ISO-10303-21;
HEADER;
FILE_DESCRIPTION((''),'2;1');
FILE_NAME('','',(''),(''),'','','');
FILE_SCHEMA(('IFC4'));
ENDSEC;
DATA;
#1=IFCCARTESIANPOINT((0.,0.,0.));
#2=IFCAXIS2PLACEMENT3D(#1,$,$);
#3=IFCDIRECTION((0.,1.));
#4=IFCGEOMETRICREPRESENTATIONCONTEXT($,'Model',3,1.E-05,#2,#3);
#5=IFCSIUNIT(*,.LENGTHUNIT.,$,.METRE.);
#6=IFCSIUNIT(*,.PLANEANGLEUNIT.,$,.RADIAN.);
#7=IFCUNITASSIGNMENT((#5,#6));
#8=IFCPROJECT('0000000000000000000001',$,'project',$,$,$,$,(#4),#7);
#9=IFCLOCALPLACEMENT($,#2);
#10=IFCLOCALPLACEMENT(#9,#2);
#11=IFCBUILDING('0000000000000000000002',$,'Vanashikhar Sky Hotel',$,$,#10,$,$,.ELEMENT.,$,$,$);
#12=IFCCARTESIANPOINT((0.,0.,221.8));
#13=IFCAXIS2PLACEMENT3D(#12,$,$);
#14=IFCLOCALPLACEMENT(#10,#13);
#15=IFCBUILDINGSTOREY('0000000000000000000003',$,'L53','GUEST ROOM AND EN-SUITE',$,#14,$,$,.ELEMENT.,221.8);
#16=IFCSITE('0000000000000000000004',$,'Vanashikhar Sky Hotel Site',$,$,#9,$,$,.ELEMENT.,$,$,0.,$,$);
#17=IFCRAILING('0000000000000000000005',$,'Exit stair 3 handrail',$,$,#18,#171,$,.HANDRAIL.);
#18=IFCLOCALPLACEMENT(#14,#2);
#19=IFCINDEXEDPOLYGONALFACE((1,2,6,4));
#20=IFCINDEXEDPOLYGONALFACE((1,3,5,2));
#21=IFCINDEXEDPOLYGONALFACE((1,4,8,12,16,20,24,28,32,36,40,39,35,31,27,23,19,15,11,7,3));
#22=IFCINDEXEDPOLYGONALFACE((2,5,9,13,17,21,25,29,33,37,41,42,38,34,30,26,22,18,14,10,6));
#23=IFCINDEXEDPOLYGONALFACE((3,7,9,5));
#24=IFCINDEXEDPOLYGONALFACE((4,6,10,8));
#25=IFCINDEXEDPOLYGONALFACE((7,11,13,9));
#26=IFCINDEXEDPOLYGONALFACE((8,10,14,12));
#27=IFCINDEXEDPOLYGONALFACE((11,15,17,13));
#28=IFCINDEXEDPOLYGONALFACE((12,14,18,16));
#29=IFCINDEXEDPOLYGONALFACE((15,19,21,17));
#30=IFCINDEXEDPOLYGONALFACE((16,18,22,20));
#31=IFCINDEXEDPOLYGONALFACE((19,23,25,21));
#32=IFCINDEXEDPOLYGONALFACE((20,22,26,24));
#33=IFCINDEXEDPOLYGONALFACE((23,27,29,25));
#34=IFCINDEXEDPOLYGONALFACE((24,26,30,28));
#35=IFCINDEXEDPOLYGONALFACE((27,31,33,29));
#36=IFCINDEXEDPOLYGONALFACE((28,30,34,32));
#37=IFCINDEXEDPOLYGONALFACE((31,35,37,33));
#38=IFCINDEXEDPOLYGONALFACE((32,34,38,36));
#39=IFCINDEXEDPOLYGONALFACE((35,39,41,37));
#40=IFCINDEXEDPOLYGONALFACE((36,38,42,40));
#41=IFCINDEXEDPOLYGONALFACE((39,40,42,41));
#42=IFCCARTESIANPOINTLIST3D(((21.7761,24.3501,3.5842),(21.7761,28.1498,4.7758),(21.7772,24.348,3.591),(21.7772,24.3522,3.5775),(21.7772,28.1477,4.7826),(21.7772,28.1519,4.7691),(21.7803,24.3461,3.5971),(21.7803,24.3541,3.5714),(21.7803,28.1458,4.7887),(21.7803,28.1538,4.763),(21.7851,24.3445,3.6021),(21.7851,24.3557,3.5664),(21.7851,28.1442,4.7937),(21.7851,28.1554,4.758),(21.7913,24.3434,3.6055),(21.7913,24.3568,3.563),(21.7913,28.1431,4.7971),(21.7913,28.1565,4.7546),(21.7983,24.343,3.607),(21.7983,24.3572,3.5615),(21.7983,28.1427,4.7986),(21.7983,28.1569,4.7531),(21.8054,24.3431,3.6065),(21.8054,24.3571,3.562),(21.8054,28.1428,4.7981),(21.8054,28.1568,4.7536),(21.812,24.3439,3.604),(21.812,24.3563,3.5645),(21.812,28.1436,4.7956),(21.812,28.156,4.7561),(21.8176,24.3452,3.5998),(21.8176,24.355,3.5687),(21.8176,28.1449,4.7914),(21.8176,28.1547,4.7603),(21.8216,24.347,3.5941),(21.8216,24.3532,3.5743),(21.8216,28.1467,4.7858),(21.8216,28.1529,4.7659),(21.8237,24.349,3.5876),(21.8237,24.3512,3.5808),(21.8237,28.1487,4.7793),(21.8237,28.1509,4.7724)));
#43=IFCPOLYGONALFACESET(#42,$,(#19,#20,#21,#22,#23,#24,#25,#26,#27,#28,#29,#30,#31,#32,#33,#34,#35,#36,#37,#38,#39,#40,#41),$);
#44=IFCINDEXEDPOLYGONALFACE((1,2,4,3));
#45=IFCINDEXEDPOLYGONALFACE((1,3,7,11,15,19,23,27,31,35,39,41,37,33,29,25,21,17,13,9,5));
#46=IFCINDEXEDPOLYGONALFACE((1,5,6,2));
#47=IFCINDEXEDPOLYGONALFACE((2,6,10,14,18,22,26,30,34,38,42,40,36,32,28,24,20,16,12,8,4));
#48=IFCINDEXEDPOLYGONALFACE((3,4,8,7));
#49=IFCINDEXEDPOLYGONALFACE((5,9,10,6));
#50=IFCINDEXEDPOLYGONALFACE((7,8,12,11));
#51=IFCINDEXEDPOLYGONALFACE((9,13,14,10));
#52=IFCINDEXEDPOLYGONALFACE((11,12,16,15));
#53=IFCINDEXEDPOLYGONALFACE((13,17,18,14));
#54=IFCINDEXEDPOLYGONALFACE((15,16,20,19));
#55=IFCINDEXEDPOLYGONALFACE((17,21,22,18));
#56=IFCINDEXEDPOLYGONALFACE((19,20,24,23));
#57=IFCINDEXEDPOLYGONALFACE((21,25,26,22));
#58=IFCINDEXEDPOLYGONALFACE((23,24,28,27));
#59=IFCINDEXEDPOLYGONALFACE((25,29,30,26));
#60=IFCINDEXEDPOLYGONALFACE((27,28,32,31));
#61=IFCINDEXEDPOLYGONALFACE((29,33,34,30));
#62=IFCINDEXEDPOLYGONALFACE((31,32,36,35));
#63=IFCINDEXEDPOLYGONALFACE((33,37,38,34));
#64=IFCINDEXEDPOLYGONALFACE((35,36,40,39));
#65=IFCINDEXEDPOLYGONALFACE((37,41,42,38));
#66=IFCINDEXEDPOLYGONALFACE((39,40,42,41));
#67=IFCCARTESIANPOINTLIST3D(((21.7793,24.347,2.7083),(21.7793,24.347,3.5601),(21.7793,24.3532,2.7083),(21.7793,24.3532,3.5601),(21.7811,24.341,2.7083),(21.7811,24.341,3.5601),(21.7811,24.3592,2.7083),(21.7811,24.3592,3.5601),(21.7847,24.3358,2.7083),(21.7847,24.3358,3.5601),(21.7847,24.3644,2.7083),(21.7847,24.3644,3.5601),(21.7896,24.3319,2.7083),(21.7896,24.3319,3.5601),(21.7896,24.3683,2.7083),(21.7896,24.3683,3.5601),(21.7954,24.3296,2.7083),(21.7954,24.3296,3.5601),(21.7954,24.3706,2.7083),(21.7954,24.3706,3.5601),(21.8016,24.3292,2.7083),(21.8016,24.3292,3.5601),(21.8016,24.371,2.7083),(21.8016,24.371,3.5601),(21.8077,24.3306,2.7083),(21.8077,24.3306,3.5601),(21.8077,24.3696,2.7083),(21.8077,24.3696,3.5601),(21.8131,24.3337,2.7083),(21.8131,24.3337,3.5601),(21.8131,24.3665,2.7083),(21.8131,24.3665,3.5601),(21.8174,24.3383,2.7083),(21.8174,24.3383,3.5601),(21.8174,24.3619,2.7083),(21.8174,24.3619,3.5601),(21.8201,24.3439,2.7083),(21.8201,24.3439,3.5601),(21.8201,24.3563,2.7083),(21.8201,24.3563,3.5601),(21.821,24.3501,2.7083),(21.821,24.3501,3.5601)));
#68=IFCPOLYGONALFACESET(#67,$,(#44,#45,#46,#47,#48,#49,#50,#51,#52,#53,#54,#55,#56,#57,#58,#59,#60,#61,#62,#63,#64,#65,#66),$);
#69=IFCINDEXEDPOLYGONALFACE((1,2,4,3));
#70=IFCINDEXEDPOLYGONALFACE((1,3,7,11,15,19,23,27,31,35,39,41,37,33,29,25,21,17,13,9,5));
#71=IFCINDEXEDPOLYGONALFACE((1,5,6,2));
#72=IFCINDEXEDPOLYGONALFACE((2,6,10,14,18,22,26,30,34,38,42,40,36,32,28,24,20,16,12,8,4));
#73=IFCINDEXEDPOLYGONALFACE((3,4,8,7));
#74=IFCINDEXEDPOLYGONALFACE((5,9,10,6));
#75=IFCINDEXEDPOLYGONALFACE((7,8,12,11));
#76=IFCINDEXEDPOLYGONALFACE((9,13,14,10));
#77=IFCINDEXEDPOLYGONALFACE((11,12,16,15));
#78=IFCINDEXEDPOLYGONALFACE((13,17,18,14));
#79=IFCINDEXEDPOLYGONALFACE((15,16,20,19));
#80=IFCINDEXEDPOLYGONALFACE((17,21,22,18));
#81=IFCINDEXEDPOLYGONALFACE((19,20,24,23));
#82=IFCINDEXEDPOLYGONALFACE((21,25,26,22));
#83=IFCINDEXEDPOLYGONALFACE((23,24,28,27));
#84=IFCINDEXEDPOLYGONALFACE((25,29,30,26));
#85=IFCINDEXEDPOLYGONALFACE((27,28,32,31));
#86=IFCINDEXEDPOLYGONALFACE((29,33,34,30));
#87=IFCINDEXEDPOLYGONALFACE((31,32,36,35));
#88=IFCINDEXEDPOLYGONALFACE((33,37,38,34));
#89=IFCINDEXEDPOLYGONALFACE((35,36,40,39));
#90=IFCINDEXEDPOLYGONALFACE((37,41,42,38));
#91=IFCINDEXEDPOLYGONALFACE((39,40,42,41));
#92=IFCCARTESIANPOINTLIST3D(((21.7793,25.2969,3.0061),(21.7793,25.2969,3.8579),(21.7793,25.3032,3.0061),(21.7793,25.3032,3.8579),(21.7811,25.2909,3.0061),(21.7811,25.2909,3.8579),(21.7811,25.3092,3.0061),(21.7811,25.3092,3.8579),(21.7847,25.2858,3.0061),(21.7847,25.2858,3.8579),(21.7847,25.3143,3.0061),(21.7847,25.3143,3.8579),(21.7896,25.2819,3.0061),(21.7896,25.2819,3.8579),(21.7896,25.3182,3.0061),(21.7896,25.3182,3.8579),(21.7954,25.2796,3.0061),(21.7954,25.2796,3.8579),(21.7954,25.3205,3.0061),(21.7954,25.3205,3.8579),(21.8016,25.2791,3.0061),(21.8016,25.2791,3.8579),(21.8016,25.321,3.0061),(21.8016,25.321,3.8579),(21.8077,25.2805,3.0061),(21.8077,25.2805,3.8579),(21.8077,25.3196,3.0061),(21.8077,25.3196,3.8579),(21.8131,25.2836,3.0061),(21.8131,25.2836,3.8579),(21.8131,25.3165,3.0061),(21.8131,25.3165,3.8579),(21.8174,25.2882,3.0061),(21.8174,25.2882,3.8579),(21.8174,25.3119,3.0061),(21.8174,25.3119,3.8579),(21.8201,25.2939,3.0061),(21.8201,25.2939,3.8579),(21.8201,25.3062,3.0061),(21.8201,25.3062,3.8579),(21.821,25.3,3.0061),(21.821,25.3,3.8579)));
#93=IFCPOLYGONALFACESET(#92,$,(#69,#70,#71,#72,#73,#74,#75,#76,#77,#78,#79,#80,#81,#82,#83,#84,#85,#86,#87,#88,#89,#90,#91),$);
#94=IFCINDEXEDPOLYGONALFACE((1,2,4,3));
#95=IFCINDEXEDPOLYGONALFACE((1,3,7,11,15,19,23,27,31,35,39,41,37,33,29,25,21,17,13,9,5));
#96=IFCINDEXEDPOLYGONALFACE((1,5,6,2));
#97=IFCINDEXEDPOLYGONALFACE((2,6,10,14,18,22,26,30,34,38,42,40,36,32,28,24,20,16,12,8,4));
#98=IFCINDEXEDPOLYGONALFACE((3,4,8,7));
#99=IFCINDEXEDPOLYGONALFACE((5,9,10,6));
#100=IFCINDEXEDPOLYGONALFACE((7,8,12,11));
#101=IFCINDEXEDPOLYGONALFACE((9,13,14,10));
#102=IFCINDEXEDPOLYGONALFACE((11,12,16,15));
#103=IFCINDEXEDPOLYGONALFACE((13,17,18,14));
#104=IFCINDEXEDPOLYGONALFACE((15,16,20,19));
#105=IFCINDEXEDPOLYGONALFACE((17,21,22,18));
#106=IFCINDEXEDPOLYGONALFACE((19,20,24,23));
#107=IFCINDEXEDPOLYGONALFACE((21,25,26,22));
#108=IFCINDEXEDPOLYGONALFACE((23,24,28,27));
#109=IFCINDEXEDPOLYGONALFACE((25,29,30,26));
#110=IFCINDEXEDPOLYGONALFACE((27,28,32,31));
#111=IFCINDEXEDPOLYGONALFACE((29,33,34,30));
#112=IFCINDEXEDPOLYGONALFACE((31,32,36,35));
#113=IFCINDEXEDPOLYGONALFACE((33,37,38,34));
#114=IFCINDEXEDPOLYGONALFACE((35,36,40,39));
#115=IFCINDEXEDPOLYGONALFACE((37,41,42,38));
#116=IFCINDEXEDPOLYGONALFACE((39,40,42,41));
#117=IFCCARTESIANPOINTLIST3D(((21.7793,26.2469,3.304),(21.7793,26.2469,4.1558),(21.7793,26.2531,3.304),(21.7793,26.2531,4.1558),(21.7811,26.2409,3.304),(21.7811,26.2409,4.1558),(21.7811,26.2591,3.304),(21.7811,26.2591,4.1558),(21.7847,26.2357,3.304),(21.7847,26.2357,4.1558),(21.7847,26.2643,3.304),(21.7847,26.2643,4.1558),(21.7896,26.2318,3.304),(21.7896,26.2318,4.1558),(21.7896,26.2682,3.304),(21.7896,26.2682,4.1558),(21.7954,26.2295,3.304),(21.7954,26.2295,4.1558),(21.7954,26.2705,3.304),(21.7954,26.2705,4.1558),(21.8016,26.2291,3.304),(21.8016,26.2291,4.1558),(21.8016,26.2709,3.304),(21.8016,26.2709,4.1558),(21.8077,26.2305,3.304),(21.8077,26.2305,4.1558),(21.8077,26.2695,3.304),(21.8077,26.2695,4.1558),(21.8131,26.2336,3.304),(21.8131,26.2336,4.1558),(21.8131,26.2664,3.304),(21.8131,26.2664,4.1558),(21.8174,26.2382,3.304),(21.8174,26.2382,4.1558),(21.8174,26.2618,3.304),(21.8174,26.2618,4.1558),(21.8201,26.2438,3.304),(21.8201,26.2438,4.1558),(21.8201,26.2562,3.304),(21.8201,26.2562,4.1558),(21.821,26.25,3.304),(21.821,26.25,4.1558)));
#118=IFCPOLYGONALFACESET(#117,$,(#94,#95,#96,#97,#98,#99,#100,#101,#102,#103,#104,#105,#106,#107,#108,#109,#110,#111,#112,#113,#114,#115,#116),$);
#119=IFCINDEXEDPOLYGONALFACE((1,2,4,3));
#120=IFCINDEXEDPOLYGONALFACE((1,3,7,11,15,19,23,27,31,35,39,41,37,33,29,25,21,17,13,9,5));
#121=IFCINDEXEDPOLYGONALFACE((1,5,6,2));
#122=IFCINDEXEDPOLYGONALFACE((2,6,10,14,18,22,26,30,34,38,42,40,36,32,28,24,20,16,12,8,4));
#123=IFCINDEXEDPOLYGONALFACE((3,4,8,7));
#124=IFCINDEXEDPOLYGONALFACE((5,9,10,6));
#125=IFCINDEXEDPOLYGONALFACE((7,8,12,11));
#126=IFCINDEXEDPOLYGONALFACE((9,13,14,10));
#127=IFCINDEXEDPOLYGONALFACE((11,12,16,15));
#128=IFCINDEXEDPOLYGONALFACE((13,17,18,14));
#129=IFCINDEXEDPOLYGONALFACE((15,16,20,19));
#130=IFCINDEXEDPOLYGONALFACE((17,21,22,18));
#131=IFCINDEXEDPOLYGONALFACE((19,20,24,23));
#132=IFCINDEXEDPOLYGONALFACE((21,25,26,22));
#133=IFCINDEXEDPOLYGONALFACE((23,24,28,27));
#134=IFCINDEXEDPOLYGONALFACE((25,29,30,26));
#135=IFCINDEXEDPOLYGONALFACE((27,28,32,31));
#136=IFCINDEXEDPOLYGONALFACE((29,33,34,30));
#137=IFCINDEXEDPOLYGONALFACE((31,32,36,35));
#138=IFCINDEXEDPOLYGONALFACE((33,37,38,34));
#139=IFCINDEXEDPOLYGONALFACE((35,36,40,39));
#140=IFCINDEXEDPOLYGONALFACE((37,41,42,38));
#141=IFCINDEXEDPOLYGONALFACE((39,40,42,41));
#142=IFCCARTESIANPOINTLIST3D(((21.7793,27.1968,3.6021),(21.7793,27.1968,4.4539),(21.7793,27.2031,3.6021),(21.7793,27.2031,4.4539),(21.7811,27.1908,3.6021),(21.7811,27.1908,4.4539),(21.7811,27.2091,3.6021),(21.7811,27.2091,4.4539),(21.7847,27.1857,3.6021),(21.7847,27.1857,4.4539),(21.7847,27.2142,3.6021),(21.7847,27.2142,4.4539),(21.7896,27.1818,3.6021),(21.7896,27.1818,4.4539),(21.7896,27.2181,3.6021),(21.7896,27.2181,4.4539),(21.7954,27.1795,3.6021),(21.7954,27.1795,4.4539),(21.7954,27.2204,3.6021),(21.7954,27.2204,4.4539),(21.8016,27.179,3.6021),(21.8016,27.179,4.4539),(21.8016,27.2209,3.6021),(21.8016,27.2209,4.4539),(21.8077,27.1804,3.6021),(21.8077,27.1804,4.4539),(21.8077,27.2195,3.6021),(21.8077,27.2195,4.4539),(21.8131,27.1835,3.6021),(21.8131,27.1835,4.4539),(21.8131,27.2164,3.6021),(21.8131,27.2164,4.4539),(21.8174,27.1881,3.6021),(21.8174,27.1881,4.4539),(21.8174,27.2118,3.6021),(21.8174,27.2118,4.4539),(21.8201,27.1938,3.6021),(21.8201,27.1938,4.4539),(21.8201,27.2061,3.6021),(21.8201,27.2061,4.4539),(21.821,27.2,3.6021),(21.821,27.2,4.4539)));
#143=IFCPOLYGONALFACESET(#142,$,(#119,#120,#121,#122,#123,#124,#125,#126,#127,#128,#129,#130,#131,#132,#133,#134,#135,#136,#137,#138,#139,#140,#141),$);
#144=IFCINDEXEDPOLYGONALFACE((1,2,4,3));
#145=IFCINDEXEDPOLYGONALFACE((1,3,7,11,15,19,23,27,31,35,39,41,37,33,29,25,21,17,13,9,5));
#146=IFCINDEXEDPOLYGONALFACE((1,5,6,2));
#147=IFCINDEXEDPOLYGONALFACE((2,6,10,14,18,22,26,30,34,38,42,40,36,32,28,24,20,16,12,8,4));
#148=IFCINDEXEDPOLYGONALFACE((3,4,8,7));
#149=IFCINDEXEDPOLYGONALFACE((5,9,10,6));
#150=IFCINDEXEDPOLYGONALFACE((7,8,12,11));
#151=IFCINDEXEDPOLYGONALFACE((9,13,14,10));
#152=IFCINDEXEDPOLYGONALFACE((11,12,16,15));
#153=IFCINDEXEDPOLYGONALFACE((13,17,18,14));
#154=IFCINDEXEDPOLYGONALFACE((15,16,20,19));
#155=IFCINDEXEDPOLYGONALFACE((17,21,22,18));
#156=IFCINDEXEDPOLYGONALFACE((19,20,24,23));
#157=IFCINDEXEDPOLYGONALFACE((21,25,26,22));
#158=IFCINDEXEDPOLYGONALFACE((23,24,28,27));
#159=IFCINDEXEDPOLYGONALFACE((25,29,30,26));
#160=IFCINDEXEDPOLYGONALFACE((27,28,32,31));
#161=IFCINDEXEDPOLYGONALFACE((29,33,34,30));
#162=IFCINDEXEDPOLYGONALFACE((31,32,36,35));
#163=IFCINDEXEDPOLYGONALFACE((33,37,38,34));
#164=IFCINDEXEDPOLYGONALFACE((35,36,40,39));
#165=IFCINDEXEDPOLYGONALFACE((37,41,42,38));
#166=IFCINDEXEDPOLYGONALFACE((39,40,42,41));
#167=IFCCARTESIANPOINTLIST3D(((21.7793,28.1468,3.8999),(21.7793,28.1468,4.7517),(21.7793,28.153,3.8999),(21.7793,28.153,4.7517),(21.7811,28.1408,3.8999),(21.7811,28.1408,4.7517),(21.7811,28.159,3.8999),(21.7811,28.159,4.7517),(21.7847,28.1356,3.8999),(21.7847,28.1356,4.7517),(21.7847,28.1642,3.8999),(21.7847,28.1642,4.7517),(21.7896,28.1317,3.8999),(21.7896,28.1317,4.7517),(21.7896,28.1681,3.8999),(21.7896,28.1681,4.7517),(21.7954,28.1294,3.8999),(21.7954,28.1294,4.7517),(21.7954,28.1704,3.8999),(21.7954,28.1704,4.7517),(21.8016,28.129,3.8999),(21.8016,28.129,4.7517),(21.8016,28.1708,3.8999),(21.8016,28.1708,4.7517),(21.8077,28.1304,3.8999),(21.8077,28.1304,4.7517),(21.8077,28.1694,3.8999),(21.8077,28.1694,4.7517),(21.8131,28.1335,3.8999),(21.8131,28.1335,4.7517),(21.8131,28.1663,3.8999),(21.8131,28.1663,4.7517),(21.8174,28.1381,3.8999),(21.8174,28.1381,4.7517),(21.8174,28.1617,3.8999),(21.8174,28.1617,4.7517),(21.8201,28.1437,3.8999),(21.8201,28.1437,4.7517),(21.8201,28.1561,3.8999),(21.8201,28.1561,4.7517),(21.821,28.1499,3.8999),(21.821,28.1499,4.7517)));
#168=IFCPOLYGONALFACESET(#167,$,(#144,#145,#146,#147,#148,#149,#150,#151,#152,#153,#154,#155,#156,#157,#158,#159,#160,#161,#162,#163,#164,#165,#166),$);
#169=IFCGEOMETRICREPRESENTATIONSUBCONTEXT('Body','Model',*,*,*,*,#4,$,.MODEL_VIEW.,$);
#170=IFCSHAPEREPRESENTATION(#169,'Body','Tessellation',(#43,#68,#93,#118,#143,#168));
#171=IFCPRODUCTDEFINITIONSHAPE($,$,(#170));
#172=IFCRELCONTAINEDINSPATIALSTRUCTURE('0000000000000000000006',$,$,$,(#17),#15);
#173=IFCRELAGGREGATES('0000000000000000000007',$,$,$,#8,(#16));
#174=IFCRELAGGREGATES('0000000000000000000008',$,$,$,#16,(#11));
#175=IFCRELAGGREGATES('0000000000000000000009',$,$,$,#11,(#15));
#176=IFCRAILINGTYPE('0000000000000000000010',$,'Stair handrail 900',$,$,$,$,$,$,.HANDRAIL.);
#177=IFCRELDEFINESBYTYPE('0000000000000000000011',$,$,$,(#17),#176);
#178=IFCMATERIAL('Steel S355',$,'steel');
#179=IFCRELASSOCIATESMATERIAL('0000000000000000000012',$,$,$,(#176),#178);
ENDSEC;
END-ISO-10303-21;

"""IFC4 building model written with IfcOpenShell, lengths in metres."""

from ifc_helpers import new_model, si_unit, direction, frame, origin, origin_2d, place, context, subcontext, project, spatial, circle, extrude, source, transform, mapped, material, type_object, element, save


model = new_model("IFC4")

# Units and contexts
model_context = context("Model", 3, precision=1e-05, world=origin(), true_north=direction((0.0, 1.0)))
body_context = subcontext(model_context, "Body", "Model", "MODEL_VIEW")
ifc_project = project(units=[si_unit("LENGTHUNIT", "METRE"), si_unit("PLANEANGLEUNIT", "RADIAN")], contexts=[model_context])

# Site, building, storey
site_placement = place(None, origin())
site = spatial("IfcSite", under=ifc_project, at=site_placement, Name="Vanashikhar Sky Hotel Site", CompositionType="ELEMENT", RefElevation=0.0)
building_placement = place(site_placement, origin())
building = spatial("IfcBuilding", under=site, at=building_placement, Name="Vanashikhar Sky Hotel", CompositionType="ELEMENT")
storey_placement = place(building_placement, frame((0.0, 0.0, 221.8)))
storey = spatial("IfcBuildingStorey", under=building, at=storey_placement, Name="L53", Description="GUEST ROOM AND EN-SUITE", CompositionType="ELEMENT", Elevation=221.8)

# Railing
ifc_material_1 = material(Name="Steel S355", Category="steel")
railing_type = type_object("IfcRailingType", Name="Stair handrail 900", PredefinedType="HANDRAIL", material=ifc_material_1)
shared_shape_1 = source(origin(), body_context, "Body", "SweptSolid", [
    extrude(circle(Radius=0.0239, at=origin_2d()), frame((0.0, 0.0, 0.876), z_axis=(0.0, 0.954178, 0.299238), x_axis=(-1.0, 0.0, 0.0)), (0.0, 0.0, 1.0), 3.9822),
    extrude(circle(Radius=0.021, at=origin_2d()), origin(), (0.0, 0.0, 1.0), 0.8518),
    extrude(circle(Radius=0.021, at=origin_2d()), frame((0.0, 0.95, 0.2979)), (0.0, 0.0, 1.0), 0.8518),
    extrude(circle(Radius=0.021, at=origin_2d()), frame((0.0, 1.8999, 0.5957)), (0.0, 0.0, 1.0), 0.8518),
    extrude(circle(Radius=0.021, at=origin_2d()), frame((0.0, 2.8499, 0.8938)), (0.0, 0.0, 1.0), 0.8518),
    extrude(circle(Radius=0.021, at=origin_2d()), frame((0.0, 3.7998, 1.1917)), (0.0, 0.0, 1.0), 0.8518),
])
for number, where, name in (
    (1, (21.8, 24.3501, 2.7083), "Exit stair 3 handrail"),
):
    element("IfcRailing", number, at=place(storey_placement, frame(where)), inside=storey, type_object=railing_type, Name=name, PredefinedType="HANDRAIL", context=body_context, shape_type="MappedRepresentation", body=[
        mapped(shared_shape_1, transform((0.0, 0.0, 0.0), scale=1.0)),
    ])

save(model, "model.ifc")
